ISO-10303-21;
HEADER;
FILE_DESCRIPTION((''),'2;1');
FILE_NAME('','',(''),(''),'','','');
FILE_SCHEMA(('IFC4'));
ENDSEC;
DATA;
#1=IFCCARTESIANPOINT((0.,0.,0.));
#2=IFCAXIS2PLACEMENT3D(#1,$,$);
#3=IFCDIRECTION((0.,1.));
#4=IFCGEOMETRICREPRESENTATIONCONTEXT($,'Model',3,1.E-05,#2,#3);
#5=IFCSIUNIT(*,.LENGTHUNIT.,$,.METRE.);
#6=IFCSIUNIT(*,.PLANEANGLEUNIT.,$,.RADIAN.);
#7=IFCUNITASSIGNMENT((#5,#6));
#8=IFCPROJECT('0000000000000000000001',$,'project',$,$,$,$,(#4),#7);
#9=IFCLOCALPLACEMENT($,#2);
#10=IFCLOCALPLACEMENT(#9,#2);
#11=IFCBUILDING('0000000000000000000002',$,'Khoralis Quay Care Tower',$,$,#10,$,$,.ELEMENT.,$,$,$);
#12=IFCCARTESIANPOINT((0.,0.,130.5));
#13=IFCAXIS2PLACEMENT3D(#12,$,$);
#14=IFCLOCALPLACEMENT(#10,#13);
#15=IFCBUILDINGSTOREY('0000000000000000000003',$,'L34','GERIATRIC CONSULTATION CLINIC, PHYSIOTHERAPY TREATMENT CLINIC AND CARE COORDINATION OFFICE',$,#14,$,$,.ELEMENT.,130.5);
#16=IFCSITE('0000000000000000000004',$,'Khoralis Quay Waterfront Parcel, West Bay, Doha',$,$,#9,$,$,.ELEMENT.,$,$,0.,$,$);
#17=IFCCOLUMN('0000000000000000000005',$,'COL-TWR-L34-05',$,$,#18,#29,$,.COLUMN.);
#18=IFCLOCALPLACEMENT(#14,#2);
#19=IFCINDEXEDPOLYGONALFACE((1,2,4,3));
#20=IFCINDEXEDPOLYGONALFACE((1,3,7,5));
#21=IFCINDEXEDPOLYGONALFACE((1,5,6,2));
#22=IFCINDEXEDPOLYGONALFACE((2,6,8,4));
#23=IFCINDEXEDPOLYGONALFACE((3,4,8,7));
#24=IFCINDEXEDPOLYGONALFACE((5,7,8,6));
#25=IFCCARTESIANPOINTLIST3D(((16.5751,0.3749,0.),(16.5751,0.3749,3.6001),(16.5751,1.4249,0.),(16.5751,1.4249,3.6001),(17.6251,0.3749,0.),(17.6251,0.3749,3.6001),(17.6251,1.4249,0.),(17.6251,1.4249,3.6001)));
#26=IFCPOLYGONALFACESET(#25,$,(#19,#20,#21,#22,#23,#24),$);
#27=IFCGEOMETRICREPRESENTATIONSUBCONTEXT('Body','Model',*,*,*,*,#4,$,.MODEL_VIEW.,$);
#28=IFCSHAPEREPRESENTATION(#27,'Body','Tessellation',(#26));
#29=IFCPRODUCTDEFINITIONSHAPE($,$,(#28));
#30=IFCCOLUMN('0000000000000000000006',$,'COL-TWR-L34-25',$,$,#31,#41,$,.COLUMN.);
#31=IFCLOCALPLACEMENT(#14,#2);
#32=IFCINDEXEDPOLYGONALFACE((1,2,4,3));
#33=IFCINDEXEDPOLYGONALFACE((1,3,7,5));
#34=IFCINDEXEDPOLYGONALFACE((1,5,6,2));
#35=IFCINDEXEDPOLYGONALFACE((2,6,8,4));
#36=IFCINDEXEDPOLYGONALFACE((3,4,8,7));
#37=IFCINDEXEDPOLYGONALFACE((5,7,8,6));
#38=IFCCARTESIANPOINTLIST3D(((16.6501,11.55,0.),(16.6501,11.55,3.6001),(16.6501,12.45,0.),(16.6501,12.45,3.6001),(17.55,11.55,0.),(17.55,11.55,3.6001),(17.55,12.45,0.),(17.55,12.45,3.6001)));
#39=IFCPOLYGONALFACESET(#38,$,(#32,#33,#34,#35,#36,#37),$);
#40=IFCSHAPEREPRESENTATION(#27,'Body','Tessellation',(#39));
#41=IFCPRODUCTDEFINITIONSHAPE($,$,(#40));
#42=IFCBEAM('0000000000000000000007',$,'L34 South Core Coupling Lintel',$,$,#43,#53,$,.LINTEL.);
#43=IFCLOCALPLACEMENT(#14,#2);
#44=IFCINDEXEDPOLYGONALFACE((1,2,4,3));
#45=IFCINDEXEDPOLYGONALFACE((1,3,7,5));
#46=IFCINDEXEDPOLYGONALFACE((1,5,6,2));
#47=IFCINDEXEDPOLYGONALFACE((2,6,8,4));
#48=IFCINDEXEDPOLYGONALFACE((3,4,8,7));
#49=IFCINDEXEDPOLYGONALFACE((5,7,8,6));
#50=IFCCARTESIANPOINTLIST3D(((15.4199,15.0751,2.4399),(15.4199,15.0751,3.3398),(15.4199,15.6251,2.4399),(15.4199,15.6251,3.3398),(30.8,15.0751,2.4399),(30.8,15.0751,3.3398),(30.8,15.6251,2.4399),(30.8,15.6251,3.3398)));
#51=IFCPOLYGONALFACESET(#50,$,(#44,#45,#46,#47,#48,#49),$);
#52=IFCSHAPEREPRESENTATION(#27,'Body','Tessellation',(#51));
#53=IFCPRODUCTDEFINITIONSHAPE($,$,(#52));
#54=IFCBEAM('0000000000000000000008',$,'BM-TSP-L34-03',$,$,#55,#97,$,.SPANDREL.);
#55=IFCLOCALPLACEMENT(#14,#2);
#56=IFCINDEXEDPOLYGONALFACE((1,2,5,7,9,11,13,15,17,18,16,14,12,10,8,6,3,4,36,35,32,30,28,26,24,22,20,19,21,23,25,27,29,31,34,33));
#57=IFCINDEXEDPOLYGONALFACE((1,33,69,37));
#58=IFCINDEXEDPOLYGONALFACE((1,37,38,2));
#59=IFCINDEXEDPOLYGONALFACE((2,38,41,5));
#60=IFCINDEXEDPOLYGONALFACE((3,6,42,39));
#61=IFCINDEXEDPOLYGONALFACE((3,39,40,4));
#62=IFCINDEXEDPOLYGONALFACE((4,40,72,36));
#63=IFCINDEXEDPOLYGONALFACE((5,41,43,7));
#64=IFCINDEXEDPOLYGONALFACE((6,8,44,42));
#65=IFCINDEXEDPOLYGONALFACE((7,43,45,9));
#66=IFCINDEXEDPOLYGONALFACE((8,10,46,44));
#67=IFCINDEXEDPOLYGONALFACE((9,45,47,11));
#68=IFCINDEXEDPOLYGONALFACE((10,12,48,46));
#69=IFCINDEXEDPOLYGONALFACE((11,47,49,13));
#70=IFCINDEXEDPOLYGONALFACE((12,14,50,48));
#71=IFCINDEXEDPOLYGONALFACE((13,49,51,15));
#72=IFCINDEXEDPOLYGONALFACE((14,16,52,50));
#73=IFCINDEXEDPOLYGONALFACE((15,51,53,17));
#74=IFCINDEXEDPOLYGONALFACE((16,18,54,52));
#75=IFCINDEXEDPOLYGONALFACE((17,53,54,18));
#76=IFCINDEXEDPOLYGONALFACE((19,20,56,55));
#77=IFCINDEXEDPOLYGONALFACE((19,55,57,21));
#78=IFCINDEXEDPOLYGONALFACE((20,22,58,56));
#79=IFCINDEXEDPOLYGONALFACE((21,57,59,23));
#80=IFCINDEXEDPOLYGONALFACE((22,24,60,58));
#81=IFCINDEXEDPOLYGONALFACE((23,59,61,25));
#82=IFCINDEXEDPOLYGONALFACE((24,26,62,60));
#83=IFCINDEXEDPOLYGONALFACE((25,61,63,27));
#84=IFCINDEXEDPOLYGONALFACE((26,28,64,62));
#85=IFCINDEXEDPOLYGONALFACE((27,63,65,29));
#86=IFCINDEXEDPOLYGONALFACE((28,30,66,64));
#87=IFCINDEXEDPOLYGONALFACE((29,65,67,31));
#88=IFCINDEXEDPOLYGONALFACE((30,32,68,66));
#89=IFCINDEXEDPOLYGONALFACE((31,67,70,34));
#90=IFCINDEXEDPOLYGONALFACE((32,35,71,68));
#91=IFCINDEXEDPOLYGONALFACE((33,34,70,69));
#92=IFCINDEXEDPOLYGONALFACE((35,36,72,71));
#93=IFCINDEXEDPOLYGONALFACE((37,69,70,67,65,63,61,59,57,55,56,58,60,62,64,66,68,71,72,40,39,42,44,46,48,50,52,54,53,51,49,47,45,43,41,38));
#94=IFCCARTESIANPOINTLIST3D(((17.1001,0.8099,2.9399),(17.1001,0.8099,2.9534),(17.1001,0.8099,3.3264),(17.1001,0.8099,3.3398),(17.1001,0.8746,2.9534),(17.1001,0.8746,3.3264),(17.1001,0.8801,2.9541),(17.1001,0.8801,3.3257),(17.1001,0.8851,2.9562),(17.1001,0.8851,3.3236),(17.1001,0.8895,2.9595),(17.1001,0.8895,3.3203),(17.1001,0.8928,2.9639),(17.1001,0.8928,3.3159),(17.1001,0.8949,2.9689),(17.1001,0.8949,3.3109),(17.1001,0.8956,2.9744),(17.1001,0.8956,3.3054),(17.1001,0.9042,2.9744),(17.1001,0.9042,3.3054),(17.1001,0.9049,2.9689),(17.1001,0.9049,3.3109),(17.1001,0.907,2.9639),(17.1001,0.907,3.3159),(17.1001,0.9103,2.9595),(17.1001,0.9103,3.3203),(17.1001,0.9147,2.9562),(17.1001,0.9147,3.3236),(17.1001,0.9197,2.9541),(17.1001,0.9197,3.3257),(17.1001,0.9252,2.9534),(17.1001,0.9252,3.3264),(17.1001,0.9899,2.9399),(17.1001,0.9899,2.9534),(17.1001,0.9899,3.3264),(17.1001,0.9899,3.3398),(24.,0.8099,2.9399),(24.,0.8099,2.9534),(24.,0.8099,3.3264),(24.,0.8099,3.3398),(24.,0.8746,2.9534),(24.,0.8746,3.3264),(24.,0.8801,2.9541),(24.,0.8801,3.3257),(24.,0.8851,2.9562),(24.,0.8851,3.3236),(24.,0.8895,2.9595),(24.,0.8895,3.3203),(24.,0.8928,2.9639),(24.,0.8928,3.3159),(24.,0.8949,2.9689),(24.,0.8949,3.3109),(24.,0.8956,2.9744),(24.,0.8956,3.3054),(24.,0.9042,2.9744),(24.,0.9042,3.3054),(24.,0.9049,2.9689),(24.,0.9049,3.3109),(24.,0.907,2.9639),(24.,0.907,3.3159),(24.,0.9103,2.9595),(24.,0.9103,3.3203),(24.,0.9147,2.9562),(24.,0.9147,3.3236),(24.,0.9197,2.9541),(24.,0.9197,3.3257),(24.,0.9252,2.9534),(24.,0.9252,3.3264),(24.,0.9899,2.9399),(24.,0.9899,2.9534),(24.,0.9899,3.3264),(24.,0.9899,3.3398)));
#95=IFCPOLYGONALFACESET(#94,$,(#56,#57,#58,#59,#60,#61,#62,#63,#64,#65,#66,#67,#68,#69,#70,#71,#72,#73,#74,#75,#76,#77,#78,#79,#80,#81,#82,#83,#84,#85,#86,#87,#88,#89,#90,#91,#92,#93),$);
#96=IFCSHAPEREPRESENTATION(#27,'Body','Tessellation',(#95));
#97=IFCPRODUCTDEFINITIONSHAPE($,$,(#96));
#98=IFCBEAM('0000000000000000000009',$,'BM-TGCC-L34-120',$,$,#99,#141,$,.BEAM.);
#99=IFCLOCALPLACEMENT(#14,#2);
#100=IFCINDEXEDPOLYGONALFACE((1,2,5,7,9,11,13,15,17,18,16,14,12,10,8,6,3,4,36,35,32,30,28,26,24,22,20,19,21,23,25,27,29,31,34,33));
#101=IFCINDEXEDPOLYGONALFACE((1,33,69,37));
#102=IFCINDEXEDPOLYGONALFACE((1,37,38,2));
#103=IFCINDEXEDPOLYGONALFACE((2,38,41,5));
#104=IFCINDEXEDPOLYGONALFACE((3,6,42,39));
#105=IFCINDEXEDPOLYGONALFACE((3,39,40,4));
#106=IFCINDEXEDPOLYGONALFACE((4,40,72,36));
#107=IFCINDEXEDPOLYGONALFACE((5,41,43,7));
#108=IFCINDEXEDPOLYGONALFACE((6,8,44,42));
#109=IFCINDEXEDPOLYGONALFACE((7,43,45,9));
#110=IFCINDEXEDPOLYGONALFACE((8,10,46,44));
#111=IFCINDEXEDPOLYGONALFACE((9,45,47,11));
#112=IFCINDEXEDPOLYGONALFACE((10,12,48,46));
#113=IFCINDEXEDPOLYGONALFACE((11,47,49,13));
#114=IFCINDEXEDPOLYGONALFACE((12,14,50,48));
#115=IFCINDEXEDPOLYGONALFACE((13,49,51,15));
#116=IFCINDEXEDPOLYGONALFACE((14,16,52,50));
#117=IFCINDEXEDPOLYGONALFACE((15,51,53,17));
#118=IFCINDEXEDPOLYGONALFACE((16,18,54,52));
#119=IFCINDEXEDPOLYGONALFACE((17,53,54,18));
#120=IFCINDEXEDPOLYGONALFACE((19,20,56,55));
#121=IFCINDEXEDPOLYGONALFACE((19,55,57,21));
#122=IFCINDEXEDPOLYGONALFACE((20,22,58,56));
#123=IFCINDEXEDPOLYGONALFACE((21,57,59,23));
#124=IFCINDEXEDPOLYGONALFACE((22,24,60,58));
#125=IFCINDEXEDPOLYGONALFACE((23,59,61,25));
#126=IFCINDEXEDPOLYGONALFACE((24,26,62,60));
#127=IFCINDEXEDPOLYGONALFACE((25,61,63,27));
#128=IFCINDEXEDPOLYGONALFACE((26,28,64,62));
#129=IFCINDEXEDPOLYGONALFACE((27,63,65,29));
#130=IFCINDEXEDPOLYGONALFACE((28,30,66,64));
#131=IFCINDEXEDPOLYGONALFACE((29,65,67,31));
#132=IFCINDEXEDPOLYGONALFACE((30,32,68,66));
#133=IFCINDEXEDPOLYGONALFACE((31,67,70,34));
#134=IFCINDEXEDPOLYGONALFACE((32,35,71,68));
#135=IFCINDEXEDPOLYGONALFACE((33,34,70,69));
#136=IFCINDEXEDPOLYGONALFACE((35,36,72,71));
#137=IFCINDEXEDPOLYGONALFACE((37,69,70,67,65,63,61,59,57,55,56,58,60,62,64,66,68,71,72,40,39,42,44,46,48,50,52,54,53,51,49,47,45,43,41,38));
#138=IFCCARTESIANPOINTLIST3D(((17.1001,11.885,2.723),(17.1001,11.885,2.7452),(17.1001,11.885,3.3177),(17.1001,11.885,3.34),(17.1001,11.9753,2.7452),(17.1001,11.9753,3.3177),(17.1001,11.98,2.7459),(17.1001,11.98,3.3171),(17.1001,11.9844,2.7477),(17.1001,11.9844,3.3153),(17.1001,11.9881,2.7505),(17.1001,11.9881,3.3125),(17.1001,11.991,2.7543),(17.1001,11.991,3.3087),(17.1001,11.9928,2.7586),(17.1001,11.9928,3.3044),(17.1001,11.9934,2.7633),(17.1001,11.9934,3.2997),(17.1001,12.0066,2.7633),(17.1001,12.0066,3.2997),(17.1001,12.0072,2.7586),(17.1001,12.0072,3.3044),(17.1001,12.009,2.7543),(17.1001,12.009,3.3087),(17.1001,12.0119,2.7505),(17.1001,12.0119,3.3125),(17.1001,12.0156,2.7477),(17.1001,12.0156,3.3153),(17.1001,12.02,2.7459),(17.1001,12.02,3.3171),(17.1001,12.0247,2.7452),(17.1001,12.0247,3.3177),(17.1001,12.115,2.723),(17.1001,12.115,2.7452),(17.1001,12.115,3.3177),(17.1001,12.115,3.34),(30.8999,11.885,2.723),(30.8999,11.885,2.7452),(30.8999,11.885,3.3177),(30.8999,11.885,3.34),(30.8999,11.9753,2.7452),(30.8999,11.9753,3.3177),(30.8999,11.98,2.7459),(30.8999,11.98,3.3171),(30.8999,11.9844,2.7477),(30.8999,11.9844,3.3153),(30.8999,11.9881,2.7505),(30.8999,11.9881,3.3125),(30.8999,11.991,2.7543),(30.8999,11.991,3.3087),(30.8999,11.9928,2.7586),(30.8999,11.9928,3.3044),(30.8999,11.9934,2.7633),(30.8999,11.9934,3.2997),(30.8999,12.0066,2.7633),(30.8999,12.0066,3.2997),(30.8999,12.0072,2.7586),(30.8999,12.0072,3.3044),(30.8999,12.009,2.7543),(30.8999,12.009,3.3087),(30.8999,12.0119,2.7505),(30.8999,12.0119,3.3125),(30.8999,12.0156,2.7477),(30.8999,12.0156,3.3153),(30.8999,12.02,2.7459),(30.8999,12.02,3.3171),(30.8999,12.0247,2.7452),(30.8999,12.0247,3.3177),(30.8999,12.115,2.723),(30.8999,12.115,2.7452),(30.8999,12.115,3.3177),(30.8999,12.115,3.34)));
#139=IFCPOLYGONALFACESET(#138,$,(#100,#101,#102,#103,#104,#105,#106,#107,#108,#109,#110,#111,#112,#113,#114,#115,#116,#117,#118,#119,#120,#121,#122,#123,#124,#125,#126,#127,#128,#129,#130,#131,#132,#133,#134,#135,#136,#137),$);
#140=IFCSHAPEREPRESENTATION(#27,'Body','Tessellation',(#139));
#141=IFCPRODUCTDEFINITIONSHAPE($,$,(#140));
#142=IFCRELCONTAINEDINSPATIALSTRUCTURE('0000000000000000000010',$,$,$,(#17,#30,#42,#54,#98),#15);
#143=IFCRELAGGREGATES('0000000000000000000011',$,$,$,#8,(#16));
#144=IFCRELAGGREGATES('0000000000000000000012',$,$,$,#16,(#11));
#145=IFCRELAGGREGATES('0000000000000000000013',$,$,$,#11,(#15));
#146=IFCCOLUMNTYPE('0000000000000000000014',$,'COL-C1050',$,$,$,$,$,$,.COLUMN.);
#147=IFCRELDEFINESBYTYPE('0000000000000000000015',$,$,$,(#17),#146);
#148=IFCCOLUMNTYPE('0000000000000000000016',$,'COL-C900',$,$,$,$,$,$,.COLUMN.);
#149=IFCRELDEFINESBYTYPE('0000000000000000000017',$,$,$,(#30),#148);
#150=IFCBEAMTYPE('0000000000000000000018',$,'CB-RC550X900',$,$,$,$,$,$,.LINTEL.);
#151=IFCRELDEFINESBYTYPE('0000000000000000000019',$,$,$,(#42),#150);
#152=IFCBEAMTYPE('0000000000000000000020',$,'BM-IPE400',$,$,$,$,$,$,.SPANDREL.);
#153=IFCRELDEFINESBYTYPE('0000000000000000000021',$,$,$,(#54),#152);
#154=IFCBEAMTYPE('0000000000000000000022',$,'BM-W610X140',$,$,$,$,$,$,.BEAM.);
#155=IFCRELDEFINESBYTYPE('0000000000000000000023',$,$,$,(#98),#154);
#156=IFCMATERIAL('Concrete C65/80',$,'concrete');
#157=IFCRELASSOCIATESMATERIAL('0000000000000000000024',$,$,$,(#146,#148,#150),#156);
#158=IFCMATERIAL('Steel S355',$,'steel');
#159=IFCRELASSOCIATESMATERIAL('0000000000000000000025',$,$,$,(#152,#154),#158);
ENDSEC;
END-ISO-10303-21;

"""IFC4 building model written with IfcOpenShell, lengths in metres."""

from ifc_helpers import new_model, si_unit, direction, frame, origin, origin_2d, place, context, subcontext, project, spatial, rectangle, i_section, extrude, source, transform, mapped, material, material_profile, profile_set, type_object, element, save


model = new_model("IFC4")

# Units and contexts
model_context = context("Model", 3, precision=1e-05, world=origin(), true_north=direction((0.0, 1.0)))
body_context = subcontext(model_context, "Body", "Model", "MODEL_VIEW")
ifc_project = project(units=[si_unit("LENGTHUNIT", "METRE"), si_unit("PLANEANGLEUNIT", "RADIAN")], contexts=[model_context])

# Site, building, storey
site_placement = place(None, origin())
site = spatial("IfcSite", under=ifc_project, at=site_placement, Name="Khoralis Quay Waterfront Parcel, West Bay, Doha", CompositionType="ELEMENT", RefElevation=0.0)
building_placement = place(site_placement, origin())
building = spatial("IfcBuilding", under=site, at=building_placement, Name="Khoralis Quay Care Tower", CompositionType="ELEMENT")
storey_placement = place(building_placement, frame((0.0, 0.0, 130.5)))
storey = spatial("IfcBuildingStorey", under=building, at=storey_placement, Name="L34", Description="GERIATRIC CONSULTATION CLINIC, PHYSIOTHERAPY TREATMENT CLINIC AND CARE COORDINATION OFFICE", CompositionType="ELEMENT", Elevation=130.5)

# Columns
ifc_material_1 = material(Name="Concrete C65/80", Category="concrete")
ifc_material_profile_1 = material_profile(ifc_material_1, rectangle(XDim=1.05, YDim=1.05, at=origin_2d()), Name="Concrete C65/80")
ifc_profile_set_1 = profile_set([ifc_material_profile_1], Name="Concrete C65/80")
column_type_1 = type_object("IfcColumnType", Name="COL-C1050", PredefinedType="COLUMN", material=ifc_profile_set_1)
shared_shape_1 = source(origin(), body_context, "Body", "SweptSolid", [
    extrude(rectangle(XDim=1.05, YDim=1.05, at=origin_2d()), origin(), (0.0, 0.0, 1.0), 3.6001),
])
column_1_placement = place(storey_placement, frame((17.1001, 0.8999, 0.0), z_axis=(0.0, 0.0, 1.0), x_axis=(1.0, 0.0, 0.0)))
element("IfcColumn", 1, at=column_1_placement, inside=storey, type_object=column_type_1, Name="COL-TWR-L34-05", PredefinedType="COLUMN", context=body_context, shape_type="MappedRepresentation", body=[
    mapped(shared_shape_1, transform((0.0, 0.0, 0.0), scale=1.0)),
])
ifc_material_profile_2 = material_profile(ifc_material_1, rectangle(XDim=0.8999, YDim=0.8999, at=origin_2d()), Name="Concrete C65/80")
ifc_profile_set_2 = profile_set([ifc_material_profile_2], Name="Concrete C65/80")
column_type_2 = type_object("IfcColumnType", Name="COL-C900", PredefinedType="COLUMN", material=ifc_profile_set_2)
shared_shape_2 = source(origin(), body_context, "Body", "SweptSolid", [
    extrude(rectangle(XDim=0.8999, YDim=0.8999, at=origin_2d()), origin(), (0.0, 0.0, 1.0), 3.6001),
])
column_2_placement = place(storey_placement, frame((17.1001, 12.0, 0.0), z_axis=(0.0, 0.0, 1.0), x_axis=(1.0, 0.0, 0.0)))
element("IfcColumn", 2, at=column_2_placement, inside=storey, type_object=column_type_2, Name="COL-TWR-L34-25", PredefinedType="COLUMN", context=body_context, shape_type="MappedRepresentation", body=[
    mapped(shared_shape_2, transform((0.0, 0.0, 0.0), scale=1.0)),
])

# Beams
ifc_material_profile_3 = material_profile(ifc_material_1, rectangle(XDim=0.55, YDim=0.8999, at=origin_2d()), Name="Concrete C65/80")
ifc_profile_set_3 = profile_set([ifc_material_profile_3], Name="Concrete C65/80")
beam_type_1 = type_object("IfcBeamType", Name="CB-RC550X900", PredefinedType="LINTEL", material=ifc_profile_set_3)
shared_shape_3 = source(origin(), body_context, "Body", "SweptSolid", [
    extrude(rectangle(XDim=0.55, YDim=0.8999, at=origin_2d()), origin(), (0.0, 0.0, 1.0), 15.3801),
])
beam_1_placement = place(storey_placement, frame((15.4199, 15.3501, 2.8899), z_axis=(1.0, 0.0, 0.0), x_axis=(0.0, 1.0, 0.0)))
element("IfcBeam", 3, at=beam_1_placement, inside=storey, type_object=beam_type_1, Name="L34 South Core Coupling Lintel", PredefinedType="LINTEL", context=body_context, shape_type="MappedRepresentation", body=[
    mapped(shared_shape_3, transform((0.0, 0.0, 0.0), scale=1.0)),
])
ifc_material_2 = material(Name="Steel S355", Category="steel")
ifc_material_profile_4 = material_profile(ifc_material_2, i_section(OverallWidth=0.1799, OverallDepth=0.3999, WebThickness=0.0085, FlangeThickness=0.0134, FilletRadius=0.021, at=origin_2d()), Name="Steel S355")
ifc_profile_set_4 = profile_set([ifc_material_profile_4], Name="Steel S355")
beam_type_2 = type_object("IfcBeamType", Name="BM-IPE400", PredefinedType="SPANDREL", material=ifc_profile_set_4)
shared_shape_4 = source(origin(), body_context, "Body", "SweptSolid", [
    extrude(i_section(OverallWidth=0.1799, OverallDepth=0.3999, WebThickness=0.0085, FlangeThickness=0.0134, FilletRadius=0.021, at=origin_2d()), origin(), (0.0, 0.0, 1.0), 6.8999),
])
beam_2_placement = place(storey_placement, frame((17.1001, 0.8999, 3.1399), z_axis=(1.0, 0.0, 0.0), x_axis=(0.0, 1.0, 0.0)))
element("IfcBeam", 4, at=beam_2_placement, inside=storey, type_object=beam_type_2, Name="BM-TSP-L34-03", PredefinedType="SPANDREL", context=body_context, shape_type="MappedRepresentation", body=[
    mapped(shared_shape_4, transform((0.0, 0.0, 0.0), scale=1.0)),
])
ifc_material_profile_5 = material_profile(ifc_material_2, i_section(OverallWidth=0.23, OverallDepth=0.6169, WebThickness=0.0132, FlangeThickness=0.0222, FilletRadius=0.0181, at=origin_2d()), Name="Steel S355")
ifc_profile_set_5 = profile_set([ifc_material_profile_5], Name="Steel S355")
beam_type_3 = type_object("IfcBeamType", Name="BM-W610X140", PredefinedType="BEAM", material=ifc_profile_set_5)
shared_shape_5 = source(origin(), body_context, "Body", "SweptSolid", [
    extrude(i_section(OverallWidth=0.23, OverallDepth=0.6169, WebThickness=0.0132, FlangeThickness=0.0222, FilletRadius=0.0181, at=origin_2d()), origin(), (0.0, 0.0, 1.0), 13.7998),
])
beam_3_placement = place(storey_placement, frame((17.1001, 12.0, 3.0315), z_axis=(1.0, 0.0, 0.0), x_axis=(0.0, 1.0, 0.0)))
element("IfcBeam", 5, at=beam_3_placement, inside=storey, type_object=beam_type_3, Name="BM-TGCC-L34-120", PredefinedType="BEAM", context=body_context, shape_type="MappedRepresentation", body=[
    mapped(shared_shape_5, transform((0.0, 0.0, 0.0), scale=1.0)),
])

save(model, "model.ifc")
